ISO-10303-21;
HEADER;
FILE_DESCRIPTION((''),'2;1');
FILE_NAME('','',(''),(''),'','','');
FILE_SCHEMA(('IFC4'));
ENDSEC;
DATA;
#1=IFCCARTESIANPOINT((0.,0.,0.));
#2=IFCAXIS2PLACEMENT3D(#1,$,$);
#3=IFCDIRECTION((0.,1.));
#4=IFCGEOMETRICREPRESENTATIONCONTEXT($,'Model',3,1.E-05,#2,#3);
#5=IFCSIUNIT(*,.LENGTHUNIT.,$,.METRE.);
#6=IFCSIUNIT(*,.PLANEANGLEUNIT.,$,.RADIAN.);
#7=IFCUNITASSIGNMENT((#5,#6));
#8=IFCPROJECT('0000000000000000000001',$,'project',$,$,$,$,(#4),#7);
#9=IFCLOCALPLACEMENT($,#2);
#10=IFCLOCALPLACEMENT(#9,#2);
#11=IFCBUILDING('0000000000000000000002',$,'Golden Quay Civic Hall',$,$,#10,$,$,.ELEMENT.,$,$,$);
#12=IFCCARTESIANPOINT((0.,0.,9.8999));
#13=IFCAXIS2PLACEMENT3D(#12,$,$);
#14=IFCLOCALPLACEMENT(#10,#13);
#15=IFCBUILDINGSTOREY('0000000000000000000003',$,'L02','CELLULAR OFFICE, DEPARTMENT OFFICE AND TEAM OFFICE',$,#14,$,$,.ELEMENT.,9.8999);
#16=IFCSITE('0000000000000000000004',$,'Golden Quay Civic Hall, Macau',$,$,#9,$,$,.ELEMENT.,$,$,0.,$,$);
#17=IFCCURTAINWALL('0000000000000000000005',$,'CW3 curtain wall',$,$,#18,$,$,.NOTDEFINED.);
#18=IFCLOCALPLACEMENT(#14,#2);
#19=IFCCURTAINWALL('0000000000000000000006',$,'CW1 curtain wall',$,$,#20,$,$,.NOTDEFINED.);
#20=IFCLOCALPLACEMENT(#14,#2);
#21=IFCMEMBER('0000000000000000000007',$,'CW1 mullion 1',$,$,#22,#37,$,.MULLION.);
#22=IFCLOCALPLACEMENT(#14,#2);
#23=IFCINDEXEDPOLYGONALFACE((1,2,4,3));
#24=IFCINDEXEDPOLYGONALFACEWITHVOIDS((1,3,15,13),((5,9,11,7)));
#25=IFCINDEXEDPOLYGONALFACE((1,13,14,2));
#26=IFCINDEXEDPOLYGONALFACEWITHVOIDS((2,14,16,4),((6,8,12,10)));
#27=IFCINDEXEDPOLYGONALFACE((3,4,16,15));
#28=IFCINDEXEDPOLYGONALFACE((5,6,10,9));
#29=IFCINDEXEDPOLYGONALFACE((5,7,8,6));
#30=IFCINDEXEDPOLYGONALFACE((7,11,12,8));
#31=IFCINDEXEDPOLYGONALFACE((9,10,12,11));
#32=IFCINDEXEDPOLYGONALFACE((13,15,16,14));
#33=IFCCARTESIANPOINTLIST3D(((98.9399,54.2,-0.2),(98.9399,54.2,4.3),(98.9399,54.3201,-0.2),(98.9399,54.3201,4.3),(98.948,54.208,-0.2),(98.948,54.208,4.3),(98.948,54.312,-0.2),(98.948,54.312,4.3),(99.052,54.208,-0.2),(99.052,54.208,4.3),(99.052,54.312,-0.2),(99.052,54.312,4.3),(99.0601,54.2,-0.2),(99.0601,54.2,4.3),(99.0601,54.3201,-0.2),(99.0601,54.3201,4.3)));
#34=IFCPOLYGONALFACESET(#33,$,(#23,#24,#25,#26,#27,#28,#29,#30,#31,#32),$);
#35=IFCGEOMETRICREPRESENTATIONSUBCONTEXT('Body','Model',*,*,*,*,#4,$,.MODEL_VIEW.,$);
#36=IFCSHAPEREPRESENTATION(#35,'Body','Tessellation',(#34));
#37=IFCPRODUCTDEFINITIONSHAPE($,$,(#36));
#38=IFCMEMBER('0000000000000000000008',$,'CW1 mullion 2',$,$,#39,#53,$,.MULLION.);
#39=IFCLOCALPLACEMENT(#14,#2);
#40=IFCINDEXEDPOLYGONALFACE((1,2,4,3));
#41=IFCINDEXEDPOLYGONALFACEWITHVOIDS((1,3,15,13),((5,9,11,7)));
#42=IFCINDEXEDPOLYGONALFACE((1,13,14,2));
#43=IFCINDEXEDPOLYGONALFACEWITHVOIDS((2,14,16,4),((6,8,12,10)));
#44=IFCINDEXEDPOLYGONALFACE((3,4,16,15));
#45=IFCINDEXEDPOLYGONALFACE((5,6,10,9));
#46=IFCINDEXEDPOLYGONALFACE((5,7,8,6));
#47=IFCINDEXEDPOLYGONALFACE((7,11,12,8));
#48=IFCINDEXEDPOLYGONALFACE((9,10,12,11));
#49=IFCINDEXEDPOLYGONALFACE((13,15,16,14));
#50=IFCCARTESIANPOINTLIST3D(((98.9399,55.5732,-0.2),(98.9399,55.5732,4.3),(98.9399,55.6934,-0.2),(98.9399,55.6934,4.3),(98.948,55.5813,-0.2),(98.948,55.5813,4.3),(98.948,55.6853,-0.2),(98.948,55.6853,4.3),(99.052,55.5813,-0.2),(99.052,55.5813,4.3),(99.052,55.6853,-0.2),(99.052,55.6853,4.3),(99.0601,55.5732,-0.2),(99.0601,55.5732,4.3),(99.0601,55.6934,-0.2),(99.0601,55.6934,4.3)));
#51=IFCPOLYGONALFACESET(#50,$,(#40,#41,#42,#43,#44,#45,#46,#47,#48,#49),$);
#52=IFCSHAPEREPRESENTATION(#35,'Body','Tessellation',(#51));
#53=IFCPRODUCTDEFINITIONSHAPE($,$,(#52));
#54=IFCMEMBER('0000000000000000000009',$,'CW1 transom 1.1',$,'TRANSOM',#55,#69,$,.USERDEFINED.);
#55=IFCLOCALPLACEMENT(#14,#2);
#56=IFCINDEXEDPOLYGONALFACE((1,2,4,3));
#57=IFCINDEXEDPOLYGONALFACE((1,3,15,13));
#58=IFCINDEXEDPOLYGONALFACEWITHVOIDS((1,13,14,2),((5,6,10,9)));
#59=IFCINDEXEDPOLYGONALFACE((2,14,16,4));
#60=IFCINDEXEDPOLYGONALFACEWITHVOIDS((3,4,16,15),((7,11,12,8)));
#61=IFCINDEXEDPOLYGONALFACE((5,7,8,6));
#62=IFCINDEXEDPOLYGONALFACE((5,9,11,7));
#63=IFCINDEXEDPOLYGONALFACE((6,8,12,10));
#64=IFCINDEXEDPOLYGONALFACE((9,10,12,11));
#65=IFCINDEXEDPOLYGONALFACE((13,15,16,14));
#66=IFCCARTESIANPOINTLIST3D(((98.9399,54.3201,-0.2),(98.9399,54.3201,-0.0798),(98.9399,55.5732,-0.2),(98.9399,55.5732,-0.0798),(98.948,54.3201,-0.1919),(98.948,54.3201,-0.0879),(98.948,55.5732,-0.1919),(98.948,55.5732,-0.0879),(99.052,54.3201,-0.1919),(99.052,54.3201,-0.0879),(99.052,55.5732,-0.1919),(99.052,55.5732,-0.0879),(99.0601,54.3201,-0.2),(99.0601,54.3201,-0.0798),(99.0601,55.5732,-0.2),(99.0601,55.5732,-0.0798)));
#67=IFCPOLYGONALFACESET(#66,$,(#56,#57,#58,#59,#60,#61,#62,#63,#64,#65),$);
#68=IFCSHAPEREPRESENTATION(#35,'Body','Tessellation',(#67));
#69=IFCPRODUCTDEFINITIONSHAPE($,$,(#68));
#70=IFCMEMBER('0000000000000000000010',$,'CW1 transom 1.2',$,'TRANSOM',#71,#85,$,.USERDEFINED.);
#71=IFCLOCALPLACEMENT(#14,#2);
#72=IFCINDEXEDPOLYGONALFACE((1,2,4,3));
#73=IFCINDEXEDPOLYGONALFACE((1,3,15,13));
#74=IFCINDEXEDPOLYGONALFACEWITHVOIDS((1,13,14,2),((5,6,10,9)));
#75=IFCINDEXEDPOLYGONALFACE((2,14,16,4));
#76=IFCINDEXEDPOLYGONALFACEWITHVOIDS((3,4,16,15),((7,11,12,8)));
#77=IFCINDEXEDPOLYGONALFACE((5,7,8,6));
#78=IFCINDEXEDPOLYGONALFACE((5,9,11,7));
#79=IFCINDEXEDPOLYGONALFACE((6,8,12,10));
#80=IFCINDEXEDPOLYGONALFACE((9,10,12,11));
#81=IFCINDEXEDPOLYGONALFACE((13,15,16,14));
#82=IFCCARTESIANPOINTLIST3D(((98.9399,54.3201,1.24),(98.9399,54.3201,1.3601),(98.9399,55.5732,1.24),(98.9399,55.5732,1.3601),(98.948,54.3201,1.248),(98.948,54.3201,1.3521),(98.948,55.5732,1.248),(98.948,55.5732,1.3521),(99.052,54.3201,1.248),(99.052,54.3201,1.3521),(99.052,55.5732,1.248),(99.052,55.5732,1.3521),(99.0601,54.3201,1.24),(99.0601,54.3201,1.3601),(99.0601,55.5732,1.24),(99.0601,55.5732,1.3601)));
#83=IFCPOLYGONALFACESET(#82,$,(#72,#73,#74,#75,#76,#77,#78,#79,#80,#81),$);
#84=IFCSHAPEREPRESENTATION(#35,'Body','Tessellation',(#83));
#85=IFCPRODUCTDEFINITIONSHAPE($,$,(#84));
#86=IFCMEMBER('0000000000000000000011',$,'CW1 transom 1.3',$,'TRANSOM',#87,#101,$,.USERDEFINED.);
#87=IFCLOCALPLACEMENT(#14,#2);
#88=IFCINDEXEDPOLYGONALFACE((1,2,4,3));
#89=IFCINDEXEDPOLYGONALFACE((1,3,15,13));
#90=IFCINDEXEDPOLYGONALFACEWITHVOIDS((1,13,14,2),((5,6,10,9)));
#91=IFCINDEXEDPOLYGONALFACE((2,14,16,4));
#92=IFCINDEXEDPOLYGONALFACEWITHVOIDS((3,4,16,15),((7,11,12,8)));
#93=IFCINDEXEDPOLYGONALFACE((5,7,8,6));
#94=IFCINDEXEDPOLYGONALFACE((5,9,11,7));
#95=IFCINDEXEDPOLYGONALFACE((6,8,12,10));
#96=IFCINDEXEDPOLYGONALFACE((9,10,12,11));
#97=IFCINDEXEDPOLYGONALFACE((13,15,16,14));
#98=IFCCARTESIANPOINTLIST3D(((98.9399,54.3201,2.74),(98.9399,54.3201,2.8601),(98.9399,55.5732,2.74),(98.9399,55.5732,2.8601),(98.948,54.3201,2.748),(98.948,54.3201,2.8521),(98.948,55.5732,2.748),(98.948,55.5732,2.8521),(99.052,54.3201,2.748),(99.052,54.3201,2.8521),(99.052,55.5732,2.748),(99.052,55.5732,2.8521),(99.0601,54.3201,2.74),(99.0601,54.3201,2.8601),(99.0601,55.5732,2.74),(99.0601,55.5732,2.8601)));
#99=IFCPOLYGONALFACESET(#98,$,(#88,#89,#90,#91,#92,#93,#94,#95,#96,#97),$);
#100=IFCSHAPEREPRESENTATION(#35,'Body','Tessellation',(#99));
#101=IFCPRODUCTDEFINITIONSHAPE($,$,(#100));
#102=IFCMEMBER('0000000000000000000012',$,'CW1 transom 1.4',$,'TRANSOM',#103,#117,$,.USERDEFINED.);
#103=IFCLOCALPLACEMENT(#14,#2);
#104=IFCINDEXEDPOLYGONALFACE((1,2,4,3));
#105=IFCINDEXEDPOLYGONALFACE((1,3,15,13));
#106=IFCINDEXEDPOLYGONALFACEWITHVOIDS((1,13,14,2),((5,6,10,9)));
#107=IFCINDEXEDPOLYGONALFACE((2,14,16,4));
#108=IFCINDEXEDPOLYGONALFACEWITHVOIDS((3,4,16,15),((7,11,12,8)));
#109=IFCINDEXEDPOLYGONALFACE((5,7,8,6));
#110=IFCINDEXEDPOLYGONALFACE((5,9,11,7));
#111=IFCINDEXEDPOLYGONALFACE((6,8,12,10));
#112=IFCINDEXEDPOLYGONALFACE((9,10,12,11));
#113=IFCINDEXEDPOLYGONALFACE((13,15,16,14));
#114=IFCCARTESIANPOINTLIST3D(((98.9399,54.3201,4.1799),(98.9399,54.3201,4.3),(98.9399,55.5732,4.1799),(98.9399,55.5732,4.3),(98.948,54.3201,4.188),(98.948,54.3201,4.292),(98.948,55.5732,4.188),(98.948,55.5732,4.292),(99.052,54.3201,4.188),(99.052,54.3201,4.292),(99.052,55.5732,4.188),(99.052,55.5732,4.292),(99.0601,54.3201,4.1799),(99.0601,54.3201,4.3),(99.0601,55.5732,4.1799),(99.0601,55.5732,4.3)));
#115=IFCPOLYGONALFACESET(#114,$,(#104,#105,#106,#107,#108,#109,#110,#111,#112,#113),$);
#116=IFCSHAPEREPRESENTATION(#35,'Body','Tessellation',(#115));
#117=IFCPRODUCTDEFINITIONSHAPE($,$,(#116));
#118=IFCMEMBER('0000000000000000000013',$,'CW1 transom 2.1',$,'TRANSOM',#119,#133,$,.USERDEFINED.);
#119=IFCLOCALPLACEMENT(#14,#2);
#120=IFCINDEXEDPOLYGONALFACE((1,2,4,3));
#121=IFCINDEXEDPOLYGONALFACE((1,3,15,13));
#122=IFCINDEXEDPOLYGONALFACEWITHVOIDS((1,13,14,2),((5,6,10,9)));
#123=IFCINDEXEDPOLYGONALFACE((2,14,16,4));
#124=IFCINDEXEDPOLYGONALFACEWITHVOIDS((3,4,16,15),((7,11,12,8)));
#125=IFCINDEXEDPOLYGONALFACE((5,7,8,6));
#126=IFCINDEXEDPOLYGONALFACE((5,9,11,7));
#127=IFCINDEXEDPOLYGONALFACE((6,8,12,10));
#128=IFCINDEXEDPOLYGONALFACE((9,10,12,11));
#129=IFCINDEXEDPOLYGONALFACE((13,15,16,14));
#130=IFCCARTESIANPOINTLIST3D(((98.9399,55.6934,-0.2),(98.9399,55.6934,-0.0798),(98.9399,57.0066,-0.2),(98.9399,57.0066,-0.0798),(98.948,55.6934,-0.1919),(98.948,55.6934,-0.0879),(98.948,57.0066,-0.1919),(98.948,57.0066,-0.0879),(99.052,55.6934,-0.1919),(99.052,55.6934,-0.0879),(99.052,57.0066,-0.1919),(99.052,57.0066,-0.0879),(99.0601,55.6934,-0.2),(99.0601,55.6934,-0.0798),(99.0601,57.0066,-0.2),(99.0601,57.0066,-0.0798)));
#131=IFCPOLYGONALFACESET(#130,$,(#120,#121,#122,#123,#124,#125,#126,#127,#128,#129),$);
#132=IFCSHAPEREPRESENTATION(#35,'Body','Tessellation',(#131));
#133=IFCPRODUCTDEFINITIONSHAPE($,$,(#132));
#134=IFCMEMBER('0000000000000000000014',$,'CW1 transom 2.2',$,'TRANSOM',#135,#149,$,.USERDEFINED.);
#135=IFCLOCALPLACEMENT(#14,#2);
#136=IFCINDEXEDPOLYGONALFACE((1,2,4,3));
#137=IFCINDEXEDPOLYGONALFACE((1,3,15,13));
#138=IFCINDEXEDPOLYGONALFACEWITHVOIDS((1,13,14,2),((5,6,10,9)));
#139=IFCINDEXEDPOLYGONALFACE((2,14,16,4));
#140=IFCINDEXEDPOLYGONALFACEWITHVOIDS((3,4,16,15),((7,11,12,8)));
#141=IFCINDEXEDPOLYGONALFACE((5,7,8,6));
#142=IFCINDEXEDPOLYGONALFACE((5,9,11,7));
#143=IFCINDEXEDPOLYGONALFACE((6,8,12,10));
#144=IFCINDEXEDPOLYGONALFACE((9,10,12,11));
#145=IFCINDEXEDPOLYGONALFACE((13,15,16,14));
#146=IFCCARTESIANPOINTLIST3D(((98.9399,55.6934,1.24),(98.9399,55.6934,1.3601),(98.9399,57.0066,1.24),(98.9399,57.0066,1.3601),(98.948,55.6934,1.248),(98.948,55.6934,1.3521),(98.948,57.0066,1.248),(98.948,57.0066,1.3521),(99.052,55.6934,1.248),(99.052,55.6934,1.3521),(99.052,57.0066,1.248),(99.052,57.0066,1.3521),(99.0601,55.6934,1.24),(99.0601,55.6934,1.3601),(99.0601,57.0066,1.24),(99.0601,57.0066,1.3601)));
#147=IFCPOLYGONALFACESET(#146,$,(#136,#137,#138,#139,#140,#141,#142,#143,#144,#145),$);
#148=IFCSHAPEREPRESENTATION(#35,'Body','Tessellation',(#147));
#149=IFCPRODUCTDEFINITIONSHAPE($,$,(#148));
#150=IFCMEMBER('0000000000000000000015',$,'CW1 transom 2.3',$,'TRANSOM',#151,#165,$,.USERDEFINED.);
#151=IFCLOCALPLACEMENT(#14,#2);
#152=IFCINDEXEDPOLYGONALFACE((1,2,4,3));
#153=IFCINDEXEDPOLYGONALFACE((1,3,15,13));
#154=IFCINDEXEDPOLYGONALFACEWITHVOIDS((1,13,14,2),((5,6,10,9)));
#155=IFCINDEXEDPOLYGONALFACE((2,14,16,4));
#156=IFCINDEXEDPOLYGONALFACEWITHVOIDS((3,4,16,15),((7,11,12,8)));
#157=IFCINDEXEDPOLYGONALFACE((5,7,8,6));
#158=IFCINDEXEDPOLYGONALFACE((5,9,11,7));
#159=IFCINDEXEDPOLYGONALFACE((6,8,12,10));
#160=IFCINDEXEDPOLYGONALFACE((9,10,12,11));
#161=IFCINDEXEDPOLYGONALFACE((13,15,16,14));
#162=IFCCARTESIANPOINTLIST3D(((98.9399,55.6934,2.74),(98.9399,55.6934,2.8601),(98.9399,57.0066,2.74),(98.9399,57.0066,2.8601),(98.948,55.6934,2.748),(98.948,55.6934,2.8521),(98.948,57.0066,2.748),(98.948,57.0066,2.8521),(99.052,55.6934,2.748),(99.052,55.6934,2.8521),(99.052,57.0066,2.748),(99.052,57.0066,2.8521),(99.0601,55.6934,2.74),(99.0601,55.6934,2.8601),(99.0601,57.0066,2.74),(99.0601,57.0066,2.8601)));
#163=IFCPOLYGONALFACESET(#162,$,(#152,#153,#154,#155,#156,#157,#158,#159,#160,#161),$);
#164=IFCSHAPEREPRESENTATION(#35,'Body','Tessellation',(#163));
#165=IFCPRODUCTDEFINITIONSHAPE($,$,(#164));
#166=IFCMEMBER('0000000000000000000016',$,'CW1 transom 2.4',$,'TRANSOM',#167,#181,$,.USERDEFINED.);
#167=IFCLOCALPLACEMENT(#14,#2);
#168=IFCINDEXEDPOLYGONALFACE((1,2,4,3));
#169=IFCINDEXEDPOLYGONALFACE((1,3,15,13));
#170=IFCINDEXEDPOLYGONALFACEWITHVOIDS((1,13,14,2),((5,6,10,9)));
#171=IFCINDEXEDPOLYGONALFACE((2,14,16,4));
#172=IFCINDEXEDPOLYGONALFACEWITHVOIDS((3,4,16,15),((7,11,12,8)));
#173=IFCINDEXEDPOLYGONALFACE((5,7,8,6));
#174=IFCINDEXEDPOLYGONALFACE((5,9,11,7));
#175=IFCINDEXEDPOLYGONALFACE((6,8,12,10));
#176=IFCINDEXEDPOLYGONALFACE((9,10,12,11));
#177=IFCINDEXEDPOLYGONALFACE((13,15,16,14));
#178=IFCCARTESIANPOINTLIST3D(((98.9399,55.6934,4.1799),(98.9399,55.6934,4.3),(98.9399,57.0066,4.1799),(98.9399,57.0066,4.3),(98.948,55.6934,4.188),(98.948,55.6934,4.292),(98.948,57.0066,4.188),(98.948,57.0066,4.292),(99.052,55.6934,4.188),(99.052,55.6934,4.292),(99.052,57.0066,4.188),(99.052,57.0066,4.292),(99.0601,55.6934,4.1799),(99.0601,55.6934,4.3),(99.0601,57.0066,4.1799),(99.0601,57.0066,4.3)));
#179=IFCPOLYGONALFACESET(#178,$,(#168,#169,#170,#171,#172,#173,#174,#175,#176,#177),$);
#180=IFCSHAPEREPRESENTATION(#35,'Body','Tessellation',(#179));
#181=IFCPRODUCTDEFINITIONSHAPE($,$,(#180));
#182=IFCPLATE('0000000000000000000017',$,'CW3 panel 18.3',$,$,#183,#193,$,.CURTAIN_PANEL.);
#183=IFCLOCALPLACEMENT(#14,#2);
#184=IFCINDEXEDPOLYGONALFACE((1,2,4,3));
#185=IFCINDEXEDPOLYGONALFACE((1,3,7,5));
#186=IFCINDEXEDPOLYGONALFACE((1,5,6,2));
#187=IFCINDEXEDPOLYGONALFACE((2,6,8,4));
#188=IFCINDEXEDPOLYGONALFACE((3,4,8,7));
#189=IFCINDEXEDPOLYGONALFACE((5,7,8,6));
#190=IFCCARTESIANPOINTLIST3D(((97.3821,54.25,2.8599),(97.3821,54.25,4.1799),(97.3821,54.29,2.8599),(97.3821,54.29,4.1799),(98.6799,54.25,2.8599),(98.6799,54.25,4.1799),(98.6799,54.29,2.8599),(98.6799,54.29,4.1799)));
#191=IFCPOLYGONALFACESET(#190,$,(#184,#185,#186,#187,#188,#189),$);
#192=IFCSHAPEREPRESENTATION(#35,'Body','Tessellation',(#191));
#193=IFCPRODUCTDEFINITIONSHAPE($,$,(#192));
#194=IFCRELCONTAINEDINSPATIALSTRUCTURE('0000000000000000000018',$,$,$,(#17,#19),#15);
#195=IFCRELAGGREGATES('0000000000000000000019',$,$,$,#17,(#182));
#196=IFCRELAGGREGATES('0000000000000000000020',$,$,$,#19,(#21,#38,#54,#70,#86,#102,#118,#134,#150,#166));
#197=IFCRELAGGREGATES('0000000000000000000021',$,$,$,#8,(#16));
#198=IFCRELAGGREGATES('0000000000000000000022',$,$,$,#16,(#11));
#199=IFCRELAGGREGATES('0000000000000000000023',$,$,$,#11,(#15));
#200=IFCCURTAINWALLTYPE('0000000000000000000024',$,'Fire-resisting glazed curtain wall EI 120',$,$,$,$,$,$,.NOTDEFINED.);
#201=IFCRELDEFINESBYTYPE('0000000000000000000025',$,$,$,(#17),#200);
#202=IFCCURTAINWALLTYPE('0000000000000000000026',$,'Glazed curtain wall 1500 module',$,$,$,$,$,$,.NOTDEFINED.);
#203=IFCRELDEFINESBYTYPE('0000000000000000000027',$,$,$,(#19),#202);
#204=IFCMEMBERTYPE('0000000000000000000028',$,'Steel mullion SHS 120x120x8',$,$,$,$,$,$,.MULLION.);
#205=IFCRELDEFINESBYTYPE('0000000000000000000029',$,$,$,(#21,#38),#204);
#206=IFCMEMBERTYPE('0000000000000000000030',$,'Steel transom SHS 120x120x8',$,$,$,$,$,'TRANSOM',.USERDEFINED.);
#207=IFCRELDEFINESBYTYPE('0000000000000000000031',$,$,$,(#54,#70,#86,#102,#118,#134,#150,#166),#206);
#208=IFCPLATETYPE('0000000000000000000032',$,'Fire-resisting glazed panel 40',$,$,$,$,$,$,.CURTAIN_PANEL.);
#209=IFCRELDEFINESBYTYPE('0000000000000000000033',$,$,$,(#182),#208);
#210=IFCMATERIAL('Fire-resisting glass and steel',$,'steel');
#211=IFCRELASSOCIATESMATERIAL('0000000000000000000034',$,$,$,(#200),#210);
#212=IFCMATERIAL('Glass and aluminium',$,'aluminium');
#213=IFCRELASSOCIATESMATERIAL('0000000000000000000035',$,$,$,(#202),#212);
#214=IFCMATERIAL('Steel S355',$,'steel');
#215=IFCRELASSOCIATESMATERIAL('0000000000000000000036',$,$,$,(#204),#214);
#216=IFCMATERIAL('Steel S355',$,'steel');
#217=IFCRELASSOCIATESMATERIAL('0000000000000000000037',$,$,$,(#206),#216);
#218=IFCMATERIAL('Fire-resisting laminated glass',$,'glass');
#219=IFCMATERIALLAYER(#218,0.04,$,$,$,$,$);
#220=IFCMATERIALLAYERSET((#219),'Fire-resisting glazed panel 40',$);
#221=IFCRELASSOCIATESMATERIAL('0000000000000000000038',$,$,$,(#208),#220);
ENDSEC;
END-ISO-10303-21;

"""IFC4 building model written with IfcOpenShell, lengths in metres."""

from ifc_helpers import new_model, si_unit, direction, frame, origin, origin_2d, place, context, subcontext, project, spatial, rectangle, hollow_rectangle, extrude, material, layer, layer_set, material_profile, profile_set, type_object, element, aggregate, save


model = new_model("IFC4")

# Units and contexts
model_context = context("Model", 3, precision=1e-05, world=origin(), true_north=direction((0.0, 1.0)))
body_context = subcontext(model_context, "Body", "Model", "MODEL_VIEW")
ifc_project = project(units=[si_unit("LENGTHUNIT", "METRE"), si_unit("PLANEANGLEUNIT", "RADIAN")], contexts=[model_context])

# Site, building, storey
site_placement = place(None, origin())
site = spatial("IfcSite", under=ifc_project, at=site_placement, Name="Golden Quay Civic Hall, Macau", CompositionType="ELEMENT", RefElevation=0.0)
building_placement = place(site_placement, origin())
building = spatial("IfcBuilding", under=site, at=building_placement, Name="Golden Quay Civic Hall", CompositionType="ELEMENT")
storey_placement = place(building_placement, frame((0.0, 0.0, 9.8999)))
storey = spatial("IfcBuildingStorey", under=building, at=storey_placement, Name="L02", Description="CELLULAR OFFICE, DEPARTMENT OFFICE AND TEAM OFFICE", CompositionType="ELEMENT", Elevation=9.8999)

# Curtain wall
ifc_material_1 = material(Name="Fire-resisting glass and steel", Category="steel")
curtain_wall_type_1 = type_object("IfcCurtainWallType", Name="Fire-resisting glazed curtain wall EI 120", PredefinedType="NOTDEFINED", material=ifc_material_1)
curtain_wall_1_placement = place(storey_placement, origin())
curtain_wall_1 = element("IfcCurtainWall", 1, at=curtain_wall_1_placement, inside=storey, type_object=curtain_wall_type_1, Name="CW3 curtain wall", PredefinedType="NOTDEFINED")

# Curtain wall, members
ifc_material_2 = material(Name="Glass and aluminium", Category="aluminium")
curtain_wall_type_2 = type_object("IfcCurtainWallType", Name="Glazed curtain wall 1500 module", PredefinedType="NOTDEFINED", material=ifc_material_2)
curtain_wall_2_placement = place(storey_placement, origin())
curtain_wall_2 = element("IfcCurtainWall", 2, at=curtain_wall_2_placement, inside=storey, type_object=curtain_wall_type_2, Name="CW1 curtain wall", PredefinedType="NOTDEFINED")
ifc_material_3 = material(Name="Steel S355", Category="steel")
ifc_material_profile_1 = material_profile(ifc_material_3, hollow_rectangle(XDim=0.1201, YDim=0.1201, WallThickness=0.0081, at=origin_2d()), Name="SHS 120x120x8")
ifc_profile_set_1 = profile_set([ifc_material_profile_1], Name="Steel S355")
member_type_1 = type_object("IfcMemberType", Name="Steel mullion SHS 120x120x8", PredefinedType="MULLION", material=ifc_profile_set_1)
member_1_placement = place(storey_placement, frame((99.0, 54.26, -0.2), z_axis=(0.0, 0.0, 1.0), x_axis=(-1.0, 0.0, 0.0)))
member_1 = element("IfcMember", 3, at=member_1_placement, type_object=member_type_1, Name="CW1 mullion 1", PredefinedType="MULLION", context=body_context, shape_type="SweptSolid", body=[
    extrude(hollow_rectangle(XDim=0.1201, YDim=0.1201, WallThickness=0.0081, at=origin_2d()), origin(), (0.0, 0.0, 1.0), 4.5),
])
member_2_placement = place(storey_placement, frame((99.0, 55.6333, -0.2), z_axis=(0.0, 0.0, 1.0), x_axis=(-1.0, 0.0, 0.0)))
member_2 = element("IfcMember", 4, at=member_2_placement, type_object=member_type_1, Name="CW1 mullion 2", PredefinedType="MULLION", context=body_context, shape_type="SweptSolid", body=[
    extrude(hollow_rectangle(XDim=0.1201, YDim=0.1201, WallThickness=0.0081, at=origin_2d()), origin(), (0.0, 0.0, 1.0), 4.5),
])
ifc_material_4 = material(Name="Steel S355", Category="steel")
ifc_material_profile_2 = material_profile(ifc_material_4, hollow_rectangle(XDim=0.1201, YDim=0.1201, WallThickness=0.0081, at=origin_2d()), Name="SHS 120x120x8")
ifc_profile_set_2 = profile_set([ifc_material_profile_2], Name="Steel S355")
member_type_2 = type_object("IfcMemberType", Name="Steel transom SHS 120x120x8", ElementType="TRANSOM", PredefinedType="USERDEFINED", material=ifc_profile_set_2)
member_3_placement = place(storey_placement, frame((99.0, 54.3201, -0.1399), z_axis=(0.0, 1.0, 0.0), x_axis=(-1.0, 0.0, 0.0)))
member_3 = element("IfcMember", 5, at=member_3_placement, type_object=member_type_2, Name="CW1 transom 1.1", ObjectType="TRANSOM", PredefinedType="USERDEFINED", context=body_context, shape_type="SweptSolid", body=[
    extrude(hollow_rectangle(XDim=0.1201, YDim=0.1201, WallThickness=0.0081, at=origin_2d()), origin(), (0.0, 0.0, 1.0), 1.2532),
])
member_4_placement = place(storey_placement, frame((99.0, 54.3201, 1.3), z_axis=(0.0, 1.0, 0.0), x_axis=(-1.0, 0.0, 0.0)))
member_4 = element("IfcMember", 6, at=member_4_placement, type_object=member_type_2, Name="CW1 transom 1.2", ObjectType="TRANSOM", PredefinedType="USERDEFINED", context=body_context, shape_type="SweptSolid", body=[
    extrude(hollow_rectangle(XDim=0.1201, YDim=0.1201, WallThickness=0.0081, at=origin_2d()), origin(), (0.0, 0.0, 1.0), 1.2532),
])
member_5_placement = place(storey_placement, frame((99.0, 54.3201, 2.8), z_axis=(0.0, 1.0, 0.0), x_axis=(-1.0, 0.0, 0.0)))
member_5 = element("IfcMember", 7, at=member_5_placement, type_object=member_type_2, Name="CW1 transom 1.3", ObjectType="TRANSOM", PredefinedType="USERDEFINED", context=body_context, shape_type="SweptSolid", body=[
    extrude(hollow_rectangle(XDim=0.1201, YDim=0.1201, WallThickness=0.0081, at=origin_2d()), origin(), (0.0, 0.0, 1.0), 1.2532),
])
member_6_placement = place(storey_placement, frame((99.0, 54.3201, 4.24), z_axis=(0.0, 1.0, 0.0), x_axis=(-1.0, 0.0, 0.0)))
member_6 = element("IfcMember", 8, at=member_6_placement, type_object=member_type_2, Name="CW1 transom 1.4", ObjectType="TRANSOM", PredefinedType="USERDEFINED", context=body_context, shape_type="SweptSolid", body=[
    extrude(hollow_rectangle(XDim=0.1201, YDim=0.1201, WallThickness=0.0081, at=origin_2d()), origin(), (0.0, 0.0, 1.0), 1.2532),
])
member_7_placement = place(storey_placement, frame((99.0, 55.6934, -0.1399), z_axis=(0.0, 1.0, 0.0), x_axis=(-1.0, 0.0, 0.0)))
member_7 = element("IfcMember", 9, at=member_7_placement, type_object=member_type_2, Name="CW1 transom 2.1", ObjectType="TRANSOM", PredefinedType="USERDEFINED", context=body_context, shape_type="SweptSolid", body=[
    extrude(hollow_rectangle(XDim=0.1201, YDim=0.1201, WallThickness=0.0081, at=origin_2d()), origin(), (0.0, 0.0, 1.0), 1.3132),
])
member_8_placement = place(storey_placement, frame((99.0, 55.6934, 1.3), z_axis=(0.0, 1.0, 0.0), x_axis=(-1.0, 0.0, 0.0)))
member_8 = element("IfcMember", 10, at=member_8_placement, type_object=member_type_2, Name="CW1 transom 2.2", ObjectType="TRANSOM", PredefinedType="USERDEFINED", context=body_context, shape_type="SweptSolid", body=[
    extrude(hollow_rectangle(XDim=0.1201, YDim=0.1201, WallThickness=0.0081, at=origin_2d()), origin(), (0.0, 0.0, 1.0), 1.3132),
])
member_9_placement = place(storey_placement, frame((99.0, 55.6934, 2.8), z_axis=(0.0, 1.0, 0.0), x_axis=(-1.0, 0.0, 0.0)))
member_9 = element("IfcMember", 11, at=member_9_placement, type_object=member_type_2, Name="CW1 transom 2.3", ObjectType="TRANSOM", PredefinedType="USERDEFINED", context=body_context, shape_type="SweptSolid", body=[
    extrude(hollow_rectangle(XDim=0.1201, YDim=0.1201, WallThickness=0.0081, at=origin_2d()), origin(), (0.0, 0.0, 1.0), 1.3132),
])
member_10_placement = place(storey_placement, frame((99.0, 55.6934, 4.24), z_axis=(0.0, 1.0, 0.0), x_axis=(-1.0, 0.0, 0.0)))
member_10 = element("IfcMember", 12, at=member_10_placement, type_object=member_type_2, Name="CW1 transom 2.4", ObjectType="TRANSOM", PredefinedType="USERDEFINED", context=body_context, shape_type="SweptSolid", body=[
    extrude(hollow_rectangle(XDim=0.1201, YDim=0.1201, WallThickness=0.0081, at=origin_2d()), origin(), (0.0, 0.0, 1.0), 1.3132),
])

# Plate
ifc_material_5 = material(Name="Fire-resisting laminated glass", Category="glass")
ifc_layer_1 = layer(ifc_material_5, 0.04)
ifc_layer_set_1 = layer_set([ifc_layer_1], Name="Fire-resisting glazed panel 40")
plate_type_1 = type_object("IfcPlateType", Name="Fire-resisting glazed panel 40", PredefinedType="CURTAIN_PANEL", material=ifc_layer_set_1)
plate_1_placement = place(storey_placement, frame((98.031, 54.27, 2.8599), z_axis=(0.0, 0.0, 1.0), x_axis=(1.0, 0.0, 0.0)))
plate_1 = element("IfcPlate", 13, at=plate_1_placement, type_object=plate_type_1, Name="CW3 panel 18.3", PredefinedType="CURTAIN_PANEL", context=body_context, shape_type="SweptSolid", body=[
    extrude(rectangle(XDim=1.2979, YDim=0.04, at=origin_2d()), origin(), (0.0, 0.0, 1.0), 1.3201),
])
aggregate(curtain_wall_1, [plate_1])
aggregate(curtain_wall_2, [member_1, member_2, member_3, member_4, member_5, member_6, member_7, member_8, member_9, member_10])

save(model, "model.ifc")
